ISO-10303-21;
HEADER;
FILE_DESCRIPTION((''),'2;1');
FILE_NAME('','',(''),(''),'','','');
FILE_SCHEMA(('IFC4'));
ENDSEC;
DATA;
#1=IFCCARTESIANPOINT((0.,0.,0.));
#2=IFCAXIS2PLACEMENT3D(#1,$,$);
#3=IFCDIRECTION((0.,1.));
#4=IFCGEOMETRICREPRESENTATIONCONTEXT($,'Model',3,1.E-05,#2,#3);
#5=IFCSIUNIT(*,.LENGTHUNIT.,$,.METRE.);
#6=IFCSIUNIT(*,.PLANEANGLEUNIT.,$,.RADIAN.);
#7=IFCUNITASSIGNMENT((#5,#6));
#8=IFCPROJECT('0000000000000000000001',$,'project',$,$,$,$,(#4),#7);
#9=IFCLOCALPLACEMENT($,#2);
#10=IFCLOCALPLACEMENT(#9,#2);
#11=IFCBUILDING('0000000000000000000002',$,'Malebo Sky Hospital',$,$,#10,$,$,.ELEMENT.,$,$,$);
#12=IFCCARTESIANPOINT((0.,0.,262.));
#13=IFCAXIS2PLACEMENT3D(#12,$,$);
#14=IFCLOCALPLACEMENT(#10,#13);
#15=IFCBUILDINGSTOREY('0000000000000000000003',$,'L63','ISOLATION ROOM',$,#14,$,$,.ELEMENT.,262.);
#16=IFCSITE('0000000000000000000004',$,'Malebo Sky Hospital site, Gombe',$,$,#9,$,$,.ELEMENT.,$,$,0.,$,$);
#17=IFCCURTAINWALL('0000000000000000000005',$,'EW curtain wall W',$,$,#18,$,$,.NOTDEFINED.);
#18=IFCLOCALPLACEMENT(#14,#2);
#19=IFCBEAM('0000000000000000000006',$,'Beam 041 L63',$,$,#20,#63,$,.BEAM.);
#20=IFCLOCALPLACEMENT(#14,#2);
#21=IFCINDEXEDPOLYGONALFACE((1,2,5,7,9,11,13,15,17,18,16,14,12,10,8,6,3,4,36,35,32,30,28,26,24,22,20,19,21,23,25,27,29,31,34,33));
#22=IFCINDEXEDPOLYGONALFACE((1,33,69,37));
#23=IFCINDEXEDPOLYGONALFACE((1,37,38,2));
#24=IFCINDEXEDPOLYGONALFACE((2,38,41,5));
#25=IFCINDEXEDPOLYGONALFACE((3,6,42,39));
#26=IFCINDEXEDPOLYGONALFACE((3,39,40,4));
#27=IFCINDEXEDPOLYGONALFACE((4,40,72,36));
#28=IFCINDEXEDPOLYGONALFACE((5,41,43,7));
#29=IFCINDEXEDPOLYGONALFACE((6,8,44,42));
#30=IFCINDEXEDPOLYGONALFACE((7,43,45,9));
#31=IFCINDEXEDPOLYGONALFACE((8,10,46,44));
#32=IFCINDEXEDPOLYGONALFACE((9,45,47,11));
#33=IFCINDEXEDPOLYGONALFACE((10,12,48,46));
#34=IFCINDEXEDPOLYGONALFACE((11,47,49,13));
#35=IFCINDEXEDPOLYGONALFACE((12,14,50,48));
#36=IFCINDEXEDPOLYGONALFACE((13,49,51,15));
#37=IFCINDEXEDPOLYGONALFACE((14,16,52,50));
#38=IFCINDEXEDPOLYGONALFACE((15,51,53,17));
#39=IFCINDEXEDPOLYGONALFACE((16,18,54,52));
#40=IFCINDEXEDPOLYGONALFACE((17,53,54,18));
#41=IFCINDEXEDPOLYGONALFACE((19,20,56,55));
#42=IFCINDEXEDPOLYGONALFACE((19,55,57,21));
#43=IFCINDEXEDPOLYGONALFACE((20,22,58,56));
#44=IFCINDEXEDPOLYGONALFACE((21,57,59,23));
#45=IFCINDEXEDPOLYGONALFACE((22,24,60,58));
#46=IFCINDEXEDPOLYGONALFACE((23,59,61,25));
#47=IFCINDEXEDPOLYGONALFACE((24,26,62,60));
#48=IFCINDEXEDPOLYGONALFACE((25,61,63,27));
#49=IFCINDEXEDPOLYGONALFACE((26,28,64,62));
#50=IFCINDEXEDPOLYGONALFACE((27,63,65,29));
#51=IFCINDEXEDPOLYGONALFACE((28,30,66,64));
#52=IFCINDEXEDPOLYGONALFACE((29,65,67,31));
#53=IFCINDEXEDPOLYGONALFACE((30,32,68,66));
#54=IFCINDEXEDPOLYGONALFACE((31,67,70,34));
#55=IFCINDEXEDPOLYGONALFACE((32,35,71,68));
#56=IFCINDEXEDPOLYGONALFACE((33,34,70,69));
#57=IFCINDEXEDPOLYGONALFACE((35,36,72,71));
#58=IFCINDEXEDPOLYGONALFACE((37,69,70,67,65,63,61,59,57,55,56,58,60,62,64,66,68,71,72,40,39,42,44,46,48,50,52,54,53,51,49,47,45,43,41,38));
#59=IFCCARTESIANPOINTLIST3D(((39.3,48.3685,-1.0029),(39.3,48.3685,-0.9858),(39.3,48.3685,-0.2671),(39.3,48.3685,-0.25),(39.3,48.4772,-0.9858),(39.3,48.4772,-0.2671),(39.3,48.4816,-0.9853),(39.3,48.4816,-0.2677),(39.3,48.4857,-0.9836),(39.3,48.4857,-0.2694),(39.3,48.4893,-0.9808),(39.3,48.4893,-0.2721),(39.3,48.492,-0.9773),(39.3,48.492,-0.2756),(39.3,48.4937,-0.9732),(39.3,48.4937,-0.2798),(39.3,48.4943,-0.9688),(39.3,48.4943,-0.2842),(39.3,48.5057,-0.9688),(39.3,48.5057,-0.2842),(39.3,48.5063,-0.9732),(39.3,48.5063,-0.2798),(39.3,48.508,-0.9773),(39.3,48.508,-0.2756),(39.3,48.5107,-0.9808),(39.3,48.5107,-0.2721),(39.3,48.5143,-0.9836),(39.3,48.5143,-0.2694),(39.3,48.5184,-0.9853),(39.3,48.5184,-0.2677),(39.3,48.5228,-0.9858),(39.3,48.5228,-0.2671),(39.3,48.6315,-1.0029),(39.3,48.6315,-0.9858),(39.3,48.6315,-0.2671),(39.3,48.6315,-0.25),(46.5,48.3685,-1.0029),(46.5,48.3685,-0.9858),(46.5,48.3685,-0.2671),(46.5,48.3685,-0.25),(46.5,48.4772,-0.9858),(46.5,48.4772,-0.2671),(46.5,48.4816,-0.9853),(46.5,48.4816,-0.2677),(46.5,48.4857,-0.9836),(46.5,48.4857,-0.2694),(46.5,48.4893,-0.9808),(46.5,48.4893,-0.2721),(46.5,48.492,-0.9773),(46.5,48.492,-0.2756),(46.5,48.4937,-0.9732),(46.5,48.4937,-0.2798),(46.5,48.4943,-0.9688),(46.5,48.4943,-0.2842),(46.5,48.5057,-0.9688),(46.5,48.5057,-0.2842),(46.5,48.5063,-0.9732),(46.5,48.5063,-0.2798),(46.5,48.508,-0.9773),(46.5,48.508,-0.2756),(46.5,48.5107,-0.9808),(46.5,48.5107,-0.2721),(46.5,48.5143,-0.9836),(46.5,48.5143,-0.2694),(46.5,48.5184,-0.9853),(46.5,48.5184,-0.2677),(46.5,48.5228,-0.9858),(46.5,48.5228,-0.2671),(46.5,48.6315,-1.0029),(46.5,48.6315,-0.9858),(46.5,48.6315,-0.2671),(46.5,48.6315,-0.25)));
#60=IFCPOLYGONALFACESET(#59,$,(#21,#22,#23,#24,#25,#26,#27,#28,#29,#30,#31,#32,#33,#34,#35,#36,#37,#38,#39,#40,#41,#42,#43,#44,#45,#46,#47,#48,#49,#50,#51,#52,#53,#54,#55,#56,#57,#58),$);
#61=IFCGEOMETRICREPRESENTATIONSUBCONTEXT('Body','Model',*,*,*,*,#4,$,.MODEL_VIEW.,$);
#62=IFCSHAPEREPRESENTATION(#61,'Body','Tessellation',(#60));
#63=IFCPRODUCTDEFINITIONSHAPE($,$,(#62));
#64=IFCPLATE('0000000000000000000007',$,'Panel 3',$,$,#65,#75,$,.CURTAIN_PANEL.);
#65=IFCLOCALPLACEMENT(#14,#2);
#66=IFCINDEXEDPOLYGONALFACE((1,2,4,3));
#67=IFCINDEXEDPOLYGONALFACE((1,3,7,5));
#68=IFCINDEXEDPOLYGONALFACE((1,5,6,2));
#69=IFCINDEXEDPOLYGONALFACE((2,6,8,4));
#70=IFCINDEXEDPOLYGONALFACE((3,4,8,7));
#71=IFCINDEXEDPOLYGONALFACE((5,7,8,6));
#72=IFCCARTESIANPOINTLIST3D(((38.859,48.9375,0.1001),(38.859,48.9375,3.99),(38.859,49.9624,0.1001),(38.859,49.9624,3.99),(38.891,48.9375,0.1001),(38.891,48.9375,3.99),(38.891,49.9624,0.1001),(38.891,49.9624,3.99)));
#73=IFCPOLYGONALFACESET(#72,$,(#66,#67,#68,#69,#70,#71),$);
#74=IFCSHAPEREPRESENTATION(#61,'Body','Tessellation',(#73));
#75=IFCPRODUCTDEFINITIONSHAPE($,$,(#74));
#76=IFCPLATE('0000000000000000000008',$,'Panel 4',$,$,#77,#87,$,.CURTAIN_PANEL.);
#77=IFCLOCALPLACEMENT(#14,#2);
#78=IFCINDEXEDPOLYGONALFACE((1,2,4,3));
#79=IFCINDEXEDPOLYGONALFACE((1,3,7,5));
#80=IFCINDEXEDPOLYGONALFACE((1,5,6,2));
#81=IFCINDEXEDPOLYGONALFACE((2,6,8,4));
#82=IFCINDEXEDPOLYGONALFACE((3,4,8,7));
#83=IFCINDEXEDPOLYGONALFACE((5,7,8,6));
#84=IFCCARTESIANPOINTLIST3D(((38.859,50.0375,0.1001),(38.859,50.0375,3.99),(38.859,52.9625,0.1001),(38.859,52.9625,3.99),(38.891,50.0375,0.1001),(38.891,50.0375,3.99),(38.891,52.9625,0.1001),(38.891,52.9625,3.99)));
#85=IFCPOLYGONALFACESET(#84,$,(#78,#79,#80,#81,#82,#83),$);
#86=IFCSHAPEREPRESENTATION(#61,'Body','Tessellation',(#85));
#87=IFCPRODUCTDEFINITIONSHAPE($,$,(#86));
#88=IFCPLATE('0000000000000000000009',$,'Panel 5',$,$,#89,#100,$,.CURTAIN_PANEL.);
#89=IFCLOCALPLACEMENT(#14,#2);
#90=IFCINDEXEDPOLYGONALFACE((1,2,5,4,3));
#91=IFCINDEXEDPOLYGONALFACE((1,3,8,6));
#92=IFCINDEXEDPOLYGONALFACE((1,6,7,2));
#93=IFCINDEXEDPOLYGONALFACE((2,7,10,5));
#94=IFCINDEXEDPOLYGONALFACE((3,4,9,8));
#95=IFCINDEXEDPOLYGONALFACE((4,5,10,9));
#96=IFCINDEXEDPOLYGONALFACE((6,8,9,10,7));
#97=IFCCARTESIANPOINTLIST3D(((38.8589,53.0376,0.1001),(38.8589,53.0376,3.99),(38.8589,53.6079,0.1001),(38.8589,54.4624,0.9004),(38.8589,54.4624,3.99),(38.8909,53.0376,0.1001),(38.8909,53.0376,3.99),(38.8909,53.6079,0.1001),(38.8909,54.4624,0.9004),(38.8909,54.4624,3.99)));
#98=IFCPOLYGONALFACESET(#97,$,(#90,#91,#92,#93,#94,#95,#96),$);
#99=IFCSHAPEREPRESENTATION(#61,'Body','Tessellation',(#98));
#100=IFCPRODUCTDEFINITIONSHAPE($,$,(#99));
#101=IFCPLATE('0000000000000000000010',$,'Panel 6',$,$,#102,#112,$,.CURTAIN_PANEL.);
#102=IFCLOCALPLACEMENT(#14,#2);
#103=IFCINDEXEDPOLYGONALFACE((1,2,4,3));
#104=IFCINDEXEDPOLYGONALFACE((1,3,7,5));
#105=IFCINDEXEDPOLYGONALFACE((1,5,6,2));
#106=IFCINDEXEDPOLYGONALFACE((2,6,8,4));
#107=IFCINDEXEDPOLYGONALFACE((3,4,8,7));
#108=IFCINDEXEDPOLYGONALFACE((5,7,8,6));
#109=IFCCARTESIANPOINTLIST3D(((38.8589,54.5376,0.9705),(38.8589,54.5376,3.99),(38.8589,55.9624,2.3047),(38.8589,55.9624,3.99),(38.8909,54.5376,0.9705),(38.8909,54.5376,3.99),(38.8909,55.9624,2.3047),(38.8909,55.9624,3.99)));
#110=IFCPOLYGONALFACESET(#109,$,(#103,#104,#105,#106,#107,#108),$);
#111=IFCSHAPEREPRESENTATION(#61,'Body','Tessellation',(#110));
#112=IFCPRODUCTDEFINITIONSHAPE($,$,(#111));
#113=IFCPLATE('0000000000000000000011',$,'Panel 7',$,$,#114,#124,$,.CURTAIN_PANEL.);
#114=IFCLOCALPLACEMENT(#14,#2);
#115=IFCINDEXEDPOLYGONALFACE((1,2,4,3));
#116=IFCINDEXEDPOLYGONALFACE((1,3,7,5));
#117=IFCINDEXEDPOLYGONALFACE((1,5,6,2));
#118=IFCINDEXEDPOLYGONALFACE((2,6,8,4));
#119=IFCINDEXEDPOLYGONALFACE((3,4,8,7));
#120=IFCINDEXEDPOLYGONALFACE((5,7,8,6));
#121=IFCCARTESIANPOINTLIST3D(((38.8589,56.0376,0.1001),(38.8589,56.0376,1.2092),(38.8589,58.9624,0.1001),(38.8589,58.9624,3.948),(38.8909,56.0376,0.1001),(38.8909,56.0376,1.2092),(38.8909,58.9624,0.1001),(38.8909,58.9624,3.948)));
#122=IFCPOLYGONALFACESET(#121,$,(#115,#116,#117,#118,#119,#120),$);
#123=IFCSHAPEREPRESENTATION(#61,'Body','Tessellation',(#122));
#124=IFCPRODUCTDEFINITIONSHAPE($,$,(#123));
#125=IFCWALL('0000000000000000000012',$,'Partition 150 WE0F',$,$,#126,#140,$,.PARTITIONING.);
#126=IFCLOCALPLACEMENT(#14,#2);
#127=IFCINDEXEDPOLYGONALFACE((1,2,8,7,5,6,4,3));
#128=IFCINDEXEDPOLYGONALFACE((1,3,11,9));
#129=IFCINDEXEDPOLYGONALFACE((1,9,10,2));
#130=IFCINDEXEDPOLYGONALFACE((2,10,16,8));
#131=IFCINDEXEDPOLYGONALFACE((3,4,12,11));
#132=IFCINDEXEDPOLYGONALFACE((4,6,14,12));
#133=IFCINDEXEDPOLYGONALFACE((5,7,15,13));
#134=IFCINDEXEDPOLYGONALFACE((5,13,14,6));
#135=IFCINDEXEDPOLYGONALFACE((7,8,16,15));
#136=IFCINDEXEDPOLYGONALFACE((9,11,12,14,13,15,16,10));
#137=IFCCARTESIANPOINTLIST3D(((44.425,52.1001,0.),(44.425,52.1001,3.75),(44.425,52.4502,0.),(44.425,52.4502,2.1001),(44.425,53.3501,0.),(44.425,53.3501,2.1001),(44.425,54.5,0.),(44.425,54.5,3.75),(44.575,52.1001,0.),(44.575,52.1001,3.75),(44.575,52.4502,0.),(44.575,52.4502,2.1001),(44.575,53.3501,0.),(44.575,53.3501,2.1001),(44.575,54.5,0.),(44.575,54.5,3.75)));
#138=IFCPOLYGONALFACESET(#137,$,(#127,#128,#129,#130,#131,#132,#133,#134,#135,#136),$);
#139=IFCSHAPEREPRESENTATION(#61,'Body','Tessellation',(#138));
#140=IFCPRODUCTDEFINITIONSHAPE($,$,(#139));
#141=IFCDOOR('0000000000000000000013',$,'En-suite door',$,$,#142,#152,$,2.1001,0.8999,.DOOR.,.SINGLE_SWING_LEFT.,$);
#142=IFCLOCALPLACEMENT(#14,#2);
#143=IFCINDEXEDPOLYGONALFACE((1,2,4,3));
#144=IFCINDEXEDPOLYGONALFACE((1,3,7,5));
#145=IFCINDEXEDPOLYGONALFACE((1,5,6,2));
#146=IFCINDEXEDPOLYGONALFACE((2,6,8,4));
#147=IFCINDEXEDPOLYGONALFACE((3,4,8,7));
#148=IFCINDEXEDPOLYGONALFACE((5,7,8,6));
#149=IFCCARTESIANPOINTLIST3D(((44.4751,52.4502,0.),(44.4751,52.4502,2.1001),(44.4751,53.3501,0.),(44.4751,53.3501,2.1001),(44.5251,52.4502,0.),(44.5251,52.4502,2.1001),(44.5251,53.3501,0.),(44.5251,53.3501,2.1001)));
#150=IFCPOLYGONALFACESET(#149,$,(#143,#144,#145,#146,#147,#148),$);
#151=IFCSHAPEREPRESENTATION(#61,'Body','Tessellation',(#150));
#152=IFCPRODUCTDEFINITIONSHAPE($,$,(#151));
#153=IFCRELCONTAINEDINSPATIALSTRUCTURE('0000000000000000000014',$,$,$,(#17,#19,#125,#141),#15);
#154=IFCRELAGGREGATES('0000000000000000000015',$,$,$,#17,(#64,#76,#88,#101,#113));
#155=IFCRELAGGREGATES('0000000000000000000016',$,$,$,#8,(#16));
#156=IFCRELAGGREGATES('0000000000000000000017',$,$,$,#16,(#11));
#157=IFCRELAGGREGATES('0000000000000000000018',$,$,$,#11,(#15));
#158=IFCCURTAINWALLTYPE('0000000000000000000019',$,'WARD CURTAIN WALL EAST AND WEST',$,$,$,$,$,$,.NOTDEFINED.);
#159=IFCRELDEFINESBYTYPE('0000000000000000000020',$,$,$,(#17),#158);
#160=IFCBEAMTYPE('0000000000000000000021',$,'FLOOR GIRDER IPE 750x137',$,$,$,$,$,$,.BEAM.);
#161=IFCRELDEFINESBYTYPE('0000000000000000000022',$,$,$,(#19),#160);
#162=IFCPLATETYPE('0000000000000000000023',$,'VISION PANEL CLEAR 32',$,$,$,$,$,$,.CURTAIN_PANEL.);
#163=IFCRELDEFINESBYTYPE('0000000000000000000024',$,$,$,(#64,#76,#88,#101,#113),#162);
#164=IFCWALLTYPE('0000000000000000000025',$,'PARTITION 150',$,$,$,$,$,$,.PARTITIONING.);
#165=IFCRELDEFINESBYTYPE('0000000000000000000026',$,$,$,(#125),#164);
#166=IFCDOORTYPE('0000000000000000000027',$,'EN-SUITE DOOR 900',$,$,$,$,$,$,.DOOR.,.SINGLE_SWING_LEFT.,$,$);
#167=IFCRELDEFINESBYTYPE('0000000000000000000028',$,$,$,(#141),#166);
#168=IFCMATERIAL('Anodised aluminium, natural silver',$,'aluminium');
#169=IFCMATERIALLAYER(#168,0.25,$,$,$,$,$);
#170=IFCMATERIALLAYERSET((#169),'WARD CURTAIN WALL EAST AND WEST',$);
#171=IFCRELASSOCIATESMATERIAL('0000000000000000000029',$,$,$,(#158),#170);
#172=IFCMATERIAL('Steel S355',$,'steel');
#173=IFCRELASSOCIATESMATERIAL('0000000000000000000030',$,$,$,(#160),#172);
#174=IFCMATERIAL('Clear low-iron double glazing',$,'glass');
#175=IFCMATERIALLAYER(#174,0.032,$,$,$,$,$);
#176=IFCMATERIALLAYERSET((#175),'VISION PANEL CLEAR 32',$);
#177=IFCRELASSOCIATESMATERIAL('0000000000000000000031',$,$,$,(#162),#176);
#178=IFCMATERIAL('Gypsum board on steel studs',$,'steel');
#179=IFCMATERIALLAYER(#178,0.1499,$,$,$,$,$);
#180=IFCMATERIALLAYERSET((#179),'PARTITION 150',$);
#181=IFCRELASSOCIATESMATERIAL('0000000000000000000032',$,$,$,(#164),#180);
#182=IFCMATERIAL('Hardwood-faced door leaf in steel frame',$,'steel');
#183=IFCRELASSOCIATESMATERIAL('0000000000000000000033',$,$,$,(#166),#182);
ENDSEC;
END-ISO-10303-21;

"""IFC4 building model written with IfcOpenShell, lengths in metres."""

from ifc_helpers import new_model, si_unit, direction, frame, frame_2d, origin, origin_2d, place, context, subcontext, project, spatial, polyline, rectangle, i_section, outline, extrude, material, layer, layer_set, material_profile, profile_set, type_object, element, fill, aggregate, save


model = new_model("IFC4")

# Units and contexts
model_context = context("Model", 3, precision=1e-05, world=origin(), true_north=direction((0.0, 1.0)))
body_context = subcontext(model_context, "Body", "Model", "MODEL_VIEW")
ifc_project = project(units=[si_unit("LENGTHUNIT", "METRE"), si_unit("PLANEANGLEUNIT", "RADIAN")], contexts=[model_context])

# Site, building, storey
site_placement = place(None, origin())
site = spatial("IfcSite", under=ifc_project, at=site_placement, Name="Malebo Sky Hospital site, Gombe", CompositionType="ELEMENT", RefElevation=0.0)
building_placement = place(site_placement, origin())
building = spatial("IfcBuilding", under=site, at=building_placement, Name="Malebo Sky Hospital", CompositionType="ELEMENT")
storey_placement = place(building_placement, frame((0.0, 0.0, 262.0)))
storey = spatial("IfcBuildingStorey", under=building, at=storey_placement, Name="L63", Description="ISOLATION ROOM", CompositionType="ELEMENT", Elevation=262.0)

# Curtain wall
ifc_material_1 = material(Name="Anodised aluminium, natural silver", Category="aluminium")
ifc_layer_1 = layer(ifc_material_1, 0.25)
ifc_layer_set_1 = layer_set([ifc_layer_1], Name="WARD CURTAIN WALL EAST AND WEST")
curtain_wall_type = type_object("IfcCurtainWallType", Name="WARD CURTAIN WALL EAST AND WEST", PredefinedType="NOTDEFINED", material=ifc_layer_set_1)
curtain_wall_placement = place(storey_placement, origin())
curtain_wall = element("IfcCurtainWall", 1, at=curtain_wall_placement, inside=storey, type_object=curtain_wall_type, Name="EW curtain wall W", PredefinedType="NOTDEFINED")

# Shared definitions
ifc_material_2 = material(Name="Steel S355", Category="steel")

# Beam
ifc_material_profile_1 = material_profile(ifc_material_2, i_section(OverallWidth=0.2629, OverallDepth=0.7529, WebThickness=0.0115, FlangeThickness=0.0171, FilletRadius=0.0171, at=origin_2d()), Name="IPE 750x137")
ifc_profile_set_1 = profile_set([ifc_material_profile_1], Name="Steel S355")
beam_type_1 = type_object("IfcBeamType", Name="FLOOR GIRDER IPE 750x137", PredefinedType="BEAM", material=ifc_profile_set_1)
beam_1_placement = place(storey_placement, frame((39.3, 48.5, -0.6265), z_axis=(1.0, 0.0, 0.0), x_axis=(0.0, 1.0, 0.0)))
element("IfcBeam", 2, at=beam_1_placement, inside=storey, type_object=beam_type_1, Name="Beam 041 L63", PredefinedType="BEAM", context=body_context, shape_type="SweptSolid", body=[
    extrude(i_section(OverallWidth=0.2629, OverallDepth=0.7529, WebThickness=0.0115, FlangeThickness=0.0171, FilletRadius=0.0171, at=origin_2d()), origin(), (0.0, 0.0, 1.0), 7.2),
])

# Plates
ifc_material_3 = material(Name="Clear low-iron double glazing", Category="glass")
ifc_layer_2 = layer(ifc_material_3, 0.032)
ifc_layer_set_2 = layer_set([ifc_layer_2], Name="VISION PANEL CLEAR 32")
plate_type = type_object("IfcPlateType", Name="VISION PANEL CLEAR 32", PredefinedType="CURTAIN_PANEL", material=ifc_layer_set_2)
plate_1_placement = place(storey_placement, frame((38.875, 49.45, 0.1001), z_axis=(0.0, 0.0, 1.0), x_axis=(0.0, 1.0, 0.0)))
plate_1 = element("IfcPlate", 3, at=plate_1_placement, type_object=plate_type, Name="Panel 3", PredefinedType="CURTAIN_PANEL", context=body_context, shape_type="SweptSolid", body=[
    extrude(rectangle(XDim=1.0249, YDim=0.032, at=origin_2d()), origin(), (0.0, 0.0, 1.0), 3.8899),
])
plate_2_placement = place(storey_placement, frame((38.875, 51.5, 0.1001), z_axis=(0.0, 0.0, 1.0), x_axis=(0.0, 1.0, 0.0)))
plate_2 = element("IfcPlate", 4, at=plate_2_placement, type_object=plate_type, Name="Panel 4", PredefinedType="CURTAIN_PANEL", context=body_context, shape_type="SweptSolid", body=[
    extrude(rectangle(XDim=2.925, YDim=0.032, at=origin_2d()), origin(), (0.0, 0.0, 1.0), 3.8899),
])
plate_3_placement = place(storey_placement, frame((38.875, 53.75, 0.1001), z_axis=(0.0, 0.0, 1.0), x_axis=(0.0, 1.0, 0.0)))
plate_3 = element("IfcPlate", 5, at=plate_3_placement, type_object=plate_type, Name="Panel 5", PredefinedType="CURTAIN_PANEL", context=body_context, shape_type="SweptSolid", body=[
    extrude(outline(polyline([(-0.7124, 0.0), (-0.1421, 0.0), (0.7124, 0.8003), (0.7124, 3.8899), (-0.7124, 3.8899), (-0.7124, 0.0)])), frame((0.0, 0.0161, 0.0), z_axis=(0.0, -1.0, 0.0), x_axis=(1.0, 0.0, 0.0)), (0.0, 0.0, 1.0), 0.032),
])
plate_4_placement = place(storey_placement, frame((38.875, 55.25, 0.9705), z_axis=(0.0, 0.0, 1.0), x_axis=(0.0, 1.0, 0.0)))
plate_4 = element("IfcPlate", 6, at=plate_4_placement, type_object=plate_type, Name="Panel 6", PredefinedType="CURTAIN_PANEL", context=body_context, shape_type="SweptSolid", body=[
    extrude(outline(polyline([(-0.7124, 0.0), (0.7124, 1.3342), (0.7124, 3.0195), (-0.7124, 3.0195), (-0.7124, 0.0)])), frame((0.0, 0.0161, 0.0), z_axis=(0.0, -1.0, 0.0), x_axis=(1.0, 0.0, 0.0)), (0.0, 0.0, 1.0), 0.032),
])
plate_5_placement = place(storey_placement, frame((38.875, 57.5, 0.1001), z_axis=(0.0, 0.0, 1.0), x_axis=(0.0, 1.0, 0.0)))
plate_5 = element("IfcPlate", 7, at=plate_5_placement, type_object=plate_type, Name="Panel 7", PredefinedType="CURTAIN_PANEL", context=body_context, shape_type="SweptSolid", body=[
    extrude(outline(polyline([(-1.4624, 0.0), (1.4624, 0.0), (1.4624, 3.8479), (-1.4624, 1.1091), (-1.4624, 0.0)])), frame((0.0, 0.0161, 0.0), z_axis=(0.0, -1.0, 0.0), x_axis=(1.0, 0.0, 0.0)), (0.0, 0.0, 1.0), 0.032),
])
aggregate(curtain_wall, [plate_1, plate_2, plate_3, plate_4, plate_5])

# Wall, opening, door
ifc_material_4 = material(Name="Gypsum board on steel studs", Category="steel")
ifc_layer_3 = layer(ifc_material_4, 0.1499)
ifc_layer_set_3 = layer_set([ifc_layer_3], Name="PARTITION 150")
wall_type_1 = type_object("IfcWallType", Name="PARTITION 150", PredefinedType="PARTITIONING", material=ifc_layer_set_3)
wall_1_placement = place(storey_placement, frame((44.5, 52.1001, 0.0), z_axis=(0.0, 0.0, 1.0), x_axis=(0.0, 1.0, 0.0)))
wall_1 = element("IfcWall", 8, at=wall_1_placement, inside=storey, type_object=wall_type_1, Name="Partition 150 WE0F", PredefinedType="PARTITIONING", context=body_context, shape_type="SweptSolid", body=[
    extrude(rectangle(XDim=2.3999, YDim=0.1499, at=frame_2d((1.2, 0.0))), origin(), (0.0, 0.0, 1.0), 3.75),
])
opening_1_placement = place(wall_1_placement, frame((0.3501, 0.0, 0.0)))
opening_1 = element("IfcOpeningElement", 9, at=opening_1_placement, cuts=wall_1, PredefinedType="OPENING", context=body_context, shape_type="SweptSolid", body=[
    extrude(rectangle(XDim=0.8999, YDim=2.1001, at=frame_2d((0.45, 1.05))), frame((0.0, 0.085, 0.0), z_axis=(0.0, -1.0, 0.0), x_axis=(1.0, 0.0, 0.0)), (0.0, 0.0, 1.0), 0.1699),
])
ifc_material_5 = material(Name="Hardwood-faced door leaf in steel frame", Category="steel")
door_type_1 = type_object("IfcDoorType", Name="EN-SUITE DOOR 900", OperationType="SINGLE_SWING_LEFT", PredefinedType="DOOR", material=ifc_material_5)
door_1_placement = place(opening_1_placement, origin())
door_1 = element("IfcDoor", 10, at=door_1_placement, inside=storey, type_object=door_type_1, Name="En-suite door", OperationType="SINGLE_SWING_LEFT", OverallHeight=2.1001, OverallWidth=0.8999, PredefinedType="DOOR", context=body_context, shape_type="SweptSolid", body=[
    extrude(rectangle(XDim=0.8999, YDim=2.1001, at=frame_2d((0.45, 1.05))), frame((0.0, 0.0249, 0.0), z_axis=(0.0, -1.0, 0.0), x_axis=(1.0, 0.0, 0.0)), (0.0, 0.0, 1.0), 0.05),
])
fill(opening_1, door_1)

save(model, "model.ifc")
